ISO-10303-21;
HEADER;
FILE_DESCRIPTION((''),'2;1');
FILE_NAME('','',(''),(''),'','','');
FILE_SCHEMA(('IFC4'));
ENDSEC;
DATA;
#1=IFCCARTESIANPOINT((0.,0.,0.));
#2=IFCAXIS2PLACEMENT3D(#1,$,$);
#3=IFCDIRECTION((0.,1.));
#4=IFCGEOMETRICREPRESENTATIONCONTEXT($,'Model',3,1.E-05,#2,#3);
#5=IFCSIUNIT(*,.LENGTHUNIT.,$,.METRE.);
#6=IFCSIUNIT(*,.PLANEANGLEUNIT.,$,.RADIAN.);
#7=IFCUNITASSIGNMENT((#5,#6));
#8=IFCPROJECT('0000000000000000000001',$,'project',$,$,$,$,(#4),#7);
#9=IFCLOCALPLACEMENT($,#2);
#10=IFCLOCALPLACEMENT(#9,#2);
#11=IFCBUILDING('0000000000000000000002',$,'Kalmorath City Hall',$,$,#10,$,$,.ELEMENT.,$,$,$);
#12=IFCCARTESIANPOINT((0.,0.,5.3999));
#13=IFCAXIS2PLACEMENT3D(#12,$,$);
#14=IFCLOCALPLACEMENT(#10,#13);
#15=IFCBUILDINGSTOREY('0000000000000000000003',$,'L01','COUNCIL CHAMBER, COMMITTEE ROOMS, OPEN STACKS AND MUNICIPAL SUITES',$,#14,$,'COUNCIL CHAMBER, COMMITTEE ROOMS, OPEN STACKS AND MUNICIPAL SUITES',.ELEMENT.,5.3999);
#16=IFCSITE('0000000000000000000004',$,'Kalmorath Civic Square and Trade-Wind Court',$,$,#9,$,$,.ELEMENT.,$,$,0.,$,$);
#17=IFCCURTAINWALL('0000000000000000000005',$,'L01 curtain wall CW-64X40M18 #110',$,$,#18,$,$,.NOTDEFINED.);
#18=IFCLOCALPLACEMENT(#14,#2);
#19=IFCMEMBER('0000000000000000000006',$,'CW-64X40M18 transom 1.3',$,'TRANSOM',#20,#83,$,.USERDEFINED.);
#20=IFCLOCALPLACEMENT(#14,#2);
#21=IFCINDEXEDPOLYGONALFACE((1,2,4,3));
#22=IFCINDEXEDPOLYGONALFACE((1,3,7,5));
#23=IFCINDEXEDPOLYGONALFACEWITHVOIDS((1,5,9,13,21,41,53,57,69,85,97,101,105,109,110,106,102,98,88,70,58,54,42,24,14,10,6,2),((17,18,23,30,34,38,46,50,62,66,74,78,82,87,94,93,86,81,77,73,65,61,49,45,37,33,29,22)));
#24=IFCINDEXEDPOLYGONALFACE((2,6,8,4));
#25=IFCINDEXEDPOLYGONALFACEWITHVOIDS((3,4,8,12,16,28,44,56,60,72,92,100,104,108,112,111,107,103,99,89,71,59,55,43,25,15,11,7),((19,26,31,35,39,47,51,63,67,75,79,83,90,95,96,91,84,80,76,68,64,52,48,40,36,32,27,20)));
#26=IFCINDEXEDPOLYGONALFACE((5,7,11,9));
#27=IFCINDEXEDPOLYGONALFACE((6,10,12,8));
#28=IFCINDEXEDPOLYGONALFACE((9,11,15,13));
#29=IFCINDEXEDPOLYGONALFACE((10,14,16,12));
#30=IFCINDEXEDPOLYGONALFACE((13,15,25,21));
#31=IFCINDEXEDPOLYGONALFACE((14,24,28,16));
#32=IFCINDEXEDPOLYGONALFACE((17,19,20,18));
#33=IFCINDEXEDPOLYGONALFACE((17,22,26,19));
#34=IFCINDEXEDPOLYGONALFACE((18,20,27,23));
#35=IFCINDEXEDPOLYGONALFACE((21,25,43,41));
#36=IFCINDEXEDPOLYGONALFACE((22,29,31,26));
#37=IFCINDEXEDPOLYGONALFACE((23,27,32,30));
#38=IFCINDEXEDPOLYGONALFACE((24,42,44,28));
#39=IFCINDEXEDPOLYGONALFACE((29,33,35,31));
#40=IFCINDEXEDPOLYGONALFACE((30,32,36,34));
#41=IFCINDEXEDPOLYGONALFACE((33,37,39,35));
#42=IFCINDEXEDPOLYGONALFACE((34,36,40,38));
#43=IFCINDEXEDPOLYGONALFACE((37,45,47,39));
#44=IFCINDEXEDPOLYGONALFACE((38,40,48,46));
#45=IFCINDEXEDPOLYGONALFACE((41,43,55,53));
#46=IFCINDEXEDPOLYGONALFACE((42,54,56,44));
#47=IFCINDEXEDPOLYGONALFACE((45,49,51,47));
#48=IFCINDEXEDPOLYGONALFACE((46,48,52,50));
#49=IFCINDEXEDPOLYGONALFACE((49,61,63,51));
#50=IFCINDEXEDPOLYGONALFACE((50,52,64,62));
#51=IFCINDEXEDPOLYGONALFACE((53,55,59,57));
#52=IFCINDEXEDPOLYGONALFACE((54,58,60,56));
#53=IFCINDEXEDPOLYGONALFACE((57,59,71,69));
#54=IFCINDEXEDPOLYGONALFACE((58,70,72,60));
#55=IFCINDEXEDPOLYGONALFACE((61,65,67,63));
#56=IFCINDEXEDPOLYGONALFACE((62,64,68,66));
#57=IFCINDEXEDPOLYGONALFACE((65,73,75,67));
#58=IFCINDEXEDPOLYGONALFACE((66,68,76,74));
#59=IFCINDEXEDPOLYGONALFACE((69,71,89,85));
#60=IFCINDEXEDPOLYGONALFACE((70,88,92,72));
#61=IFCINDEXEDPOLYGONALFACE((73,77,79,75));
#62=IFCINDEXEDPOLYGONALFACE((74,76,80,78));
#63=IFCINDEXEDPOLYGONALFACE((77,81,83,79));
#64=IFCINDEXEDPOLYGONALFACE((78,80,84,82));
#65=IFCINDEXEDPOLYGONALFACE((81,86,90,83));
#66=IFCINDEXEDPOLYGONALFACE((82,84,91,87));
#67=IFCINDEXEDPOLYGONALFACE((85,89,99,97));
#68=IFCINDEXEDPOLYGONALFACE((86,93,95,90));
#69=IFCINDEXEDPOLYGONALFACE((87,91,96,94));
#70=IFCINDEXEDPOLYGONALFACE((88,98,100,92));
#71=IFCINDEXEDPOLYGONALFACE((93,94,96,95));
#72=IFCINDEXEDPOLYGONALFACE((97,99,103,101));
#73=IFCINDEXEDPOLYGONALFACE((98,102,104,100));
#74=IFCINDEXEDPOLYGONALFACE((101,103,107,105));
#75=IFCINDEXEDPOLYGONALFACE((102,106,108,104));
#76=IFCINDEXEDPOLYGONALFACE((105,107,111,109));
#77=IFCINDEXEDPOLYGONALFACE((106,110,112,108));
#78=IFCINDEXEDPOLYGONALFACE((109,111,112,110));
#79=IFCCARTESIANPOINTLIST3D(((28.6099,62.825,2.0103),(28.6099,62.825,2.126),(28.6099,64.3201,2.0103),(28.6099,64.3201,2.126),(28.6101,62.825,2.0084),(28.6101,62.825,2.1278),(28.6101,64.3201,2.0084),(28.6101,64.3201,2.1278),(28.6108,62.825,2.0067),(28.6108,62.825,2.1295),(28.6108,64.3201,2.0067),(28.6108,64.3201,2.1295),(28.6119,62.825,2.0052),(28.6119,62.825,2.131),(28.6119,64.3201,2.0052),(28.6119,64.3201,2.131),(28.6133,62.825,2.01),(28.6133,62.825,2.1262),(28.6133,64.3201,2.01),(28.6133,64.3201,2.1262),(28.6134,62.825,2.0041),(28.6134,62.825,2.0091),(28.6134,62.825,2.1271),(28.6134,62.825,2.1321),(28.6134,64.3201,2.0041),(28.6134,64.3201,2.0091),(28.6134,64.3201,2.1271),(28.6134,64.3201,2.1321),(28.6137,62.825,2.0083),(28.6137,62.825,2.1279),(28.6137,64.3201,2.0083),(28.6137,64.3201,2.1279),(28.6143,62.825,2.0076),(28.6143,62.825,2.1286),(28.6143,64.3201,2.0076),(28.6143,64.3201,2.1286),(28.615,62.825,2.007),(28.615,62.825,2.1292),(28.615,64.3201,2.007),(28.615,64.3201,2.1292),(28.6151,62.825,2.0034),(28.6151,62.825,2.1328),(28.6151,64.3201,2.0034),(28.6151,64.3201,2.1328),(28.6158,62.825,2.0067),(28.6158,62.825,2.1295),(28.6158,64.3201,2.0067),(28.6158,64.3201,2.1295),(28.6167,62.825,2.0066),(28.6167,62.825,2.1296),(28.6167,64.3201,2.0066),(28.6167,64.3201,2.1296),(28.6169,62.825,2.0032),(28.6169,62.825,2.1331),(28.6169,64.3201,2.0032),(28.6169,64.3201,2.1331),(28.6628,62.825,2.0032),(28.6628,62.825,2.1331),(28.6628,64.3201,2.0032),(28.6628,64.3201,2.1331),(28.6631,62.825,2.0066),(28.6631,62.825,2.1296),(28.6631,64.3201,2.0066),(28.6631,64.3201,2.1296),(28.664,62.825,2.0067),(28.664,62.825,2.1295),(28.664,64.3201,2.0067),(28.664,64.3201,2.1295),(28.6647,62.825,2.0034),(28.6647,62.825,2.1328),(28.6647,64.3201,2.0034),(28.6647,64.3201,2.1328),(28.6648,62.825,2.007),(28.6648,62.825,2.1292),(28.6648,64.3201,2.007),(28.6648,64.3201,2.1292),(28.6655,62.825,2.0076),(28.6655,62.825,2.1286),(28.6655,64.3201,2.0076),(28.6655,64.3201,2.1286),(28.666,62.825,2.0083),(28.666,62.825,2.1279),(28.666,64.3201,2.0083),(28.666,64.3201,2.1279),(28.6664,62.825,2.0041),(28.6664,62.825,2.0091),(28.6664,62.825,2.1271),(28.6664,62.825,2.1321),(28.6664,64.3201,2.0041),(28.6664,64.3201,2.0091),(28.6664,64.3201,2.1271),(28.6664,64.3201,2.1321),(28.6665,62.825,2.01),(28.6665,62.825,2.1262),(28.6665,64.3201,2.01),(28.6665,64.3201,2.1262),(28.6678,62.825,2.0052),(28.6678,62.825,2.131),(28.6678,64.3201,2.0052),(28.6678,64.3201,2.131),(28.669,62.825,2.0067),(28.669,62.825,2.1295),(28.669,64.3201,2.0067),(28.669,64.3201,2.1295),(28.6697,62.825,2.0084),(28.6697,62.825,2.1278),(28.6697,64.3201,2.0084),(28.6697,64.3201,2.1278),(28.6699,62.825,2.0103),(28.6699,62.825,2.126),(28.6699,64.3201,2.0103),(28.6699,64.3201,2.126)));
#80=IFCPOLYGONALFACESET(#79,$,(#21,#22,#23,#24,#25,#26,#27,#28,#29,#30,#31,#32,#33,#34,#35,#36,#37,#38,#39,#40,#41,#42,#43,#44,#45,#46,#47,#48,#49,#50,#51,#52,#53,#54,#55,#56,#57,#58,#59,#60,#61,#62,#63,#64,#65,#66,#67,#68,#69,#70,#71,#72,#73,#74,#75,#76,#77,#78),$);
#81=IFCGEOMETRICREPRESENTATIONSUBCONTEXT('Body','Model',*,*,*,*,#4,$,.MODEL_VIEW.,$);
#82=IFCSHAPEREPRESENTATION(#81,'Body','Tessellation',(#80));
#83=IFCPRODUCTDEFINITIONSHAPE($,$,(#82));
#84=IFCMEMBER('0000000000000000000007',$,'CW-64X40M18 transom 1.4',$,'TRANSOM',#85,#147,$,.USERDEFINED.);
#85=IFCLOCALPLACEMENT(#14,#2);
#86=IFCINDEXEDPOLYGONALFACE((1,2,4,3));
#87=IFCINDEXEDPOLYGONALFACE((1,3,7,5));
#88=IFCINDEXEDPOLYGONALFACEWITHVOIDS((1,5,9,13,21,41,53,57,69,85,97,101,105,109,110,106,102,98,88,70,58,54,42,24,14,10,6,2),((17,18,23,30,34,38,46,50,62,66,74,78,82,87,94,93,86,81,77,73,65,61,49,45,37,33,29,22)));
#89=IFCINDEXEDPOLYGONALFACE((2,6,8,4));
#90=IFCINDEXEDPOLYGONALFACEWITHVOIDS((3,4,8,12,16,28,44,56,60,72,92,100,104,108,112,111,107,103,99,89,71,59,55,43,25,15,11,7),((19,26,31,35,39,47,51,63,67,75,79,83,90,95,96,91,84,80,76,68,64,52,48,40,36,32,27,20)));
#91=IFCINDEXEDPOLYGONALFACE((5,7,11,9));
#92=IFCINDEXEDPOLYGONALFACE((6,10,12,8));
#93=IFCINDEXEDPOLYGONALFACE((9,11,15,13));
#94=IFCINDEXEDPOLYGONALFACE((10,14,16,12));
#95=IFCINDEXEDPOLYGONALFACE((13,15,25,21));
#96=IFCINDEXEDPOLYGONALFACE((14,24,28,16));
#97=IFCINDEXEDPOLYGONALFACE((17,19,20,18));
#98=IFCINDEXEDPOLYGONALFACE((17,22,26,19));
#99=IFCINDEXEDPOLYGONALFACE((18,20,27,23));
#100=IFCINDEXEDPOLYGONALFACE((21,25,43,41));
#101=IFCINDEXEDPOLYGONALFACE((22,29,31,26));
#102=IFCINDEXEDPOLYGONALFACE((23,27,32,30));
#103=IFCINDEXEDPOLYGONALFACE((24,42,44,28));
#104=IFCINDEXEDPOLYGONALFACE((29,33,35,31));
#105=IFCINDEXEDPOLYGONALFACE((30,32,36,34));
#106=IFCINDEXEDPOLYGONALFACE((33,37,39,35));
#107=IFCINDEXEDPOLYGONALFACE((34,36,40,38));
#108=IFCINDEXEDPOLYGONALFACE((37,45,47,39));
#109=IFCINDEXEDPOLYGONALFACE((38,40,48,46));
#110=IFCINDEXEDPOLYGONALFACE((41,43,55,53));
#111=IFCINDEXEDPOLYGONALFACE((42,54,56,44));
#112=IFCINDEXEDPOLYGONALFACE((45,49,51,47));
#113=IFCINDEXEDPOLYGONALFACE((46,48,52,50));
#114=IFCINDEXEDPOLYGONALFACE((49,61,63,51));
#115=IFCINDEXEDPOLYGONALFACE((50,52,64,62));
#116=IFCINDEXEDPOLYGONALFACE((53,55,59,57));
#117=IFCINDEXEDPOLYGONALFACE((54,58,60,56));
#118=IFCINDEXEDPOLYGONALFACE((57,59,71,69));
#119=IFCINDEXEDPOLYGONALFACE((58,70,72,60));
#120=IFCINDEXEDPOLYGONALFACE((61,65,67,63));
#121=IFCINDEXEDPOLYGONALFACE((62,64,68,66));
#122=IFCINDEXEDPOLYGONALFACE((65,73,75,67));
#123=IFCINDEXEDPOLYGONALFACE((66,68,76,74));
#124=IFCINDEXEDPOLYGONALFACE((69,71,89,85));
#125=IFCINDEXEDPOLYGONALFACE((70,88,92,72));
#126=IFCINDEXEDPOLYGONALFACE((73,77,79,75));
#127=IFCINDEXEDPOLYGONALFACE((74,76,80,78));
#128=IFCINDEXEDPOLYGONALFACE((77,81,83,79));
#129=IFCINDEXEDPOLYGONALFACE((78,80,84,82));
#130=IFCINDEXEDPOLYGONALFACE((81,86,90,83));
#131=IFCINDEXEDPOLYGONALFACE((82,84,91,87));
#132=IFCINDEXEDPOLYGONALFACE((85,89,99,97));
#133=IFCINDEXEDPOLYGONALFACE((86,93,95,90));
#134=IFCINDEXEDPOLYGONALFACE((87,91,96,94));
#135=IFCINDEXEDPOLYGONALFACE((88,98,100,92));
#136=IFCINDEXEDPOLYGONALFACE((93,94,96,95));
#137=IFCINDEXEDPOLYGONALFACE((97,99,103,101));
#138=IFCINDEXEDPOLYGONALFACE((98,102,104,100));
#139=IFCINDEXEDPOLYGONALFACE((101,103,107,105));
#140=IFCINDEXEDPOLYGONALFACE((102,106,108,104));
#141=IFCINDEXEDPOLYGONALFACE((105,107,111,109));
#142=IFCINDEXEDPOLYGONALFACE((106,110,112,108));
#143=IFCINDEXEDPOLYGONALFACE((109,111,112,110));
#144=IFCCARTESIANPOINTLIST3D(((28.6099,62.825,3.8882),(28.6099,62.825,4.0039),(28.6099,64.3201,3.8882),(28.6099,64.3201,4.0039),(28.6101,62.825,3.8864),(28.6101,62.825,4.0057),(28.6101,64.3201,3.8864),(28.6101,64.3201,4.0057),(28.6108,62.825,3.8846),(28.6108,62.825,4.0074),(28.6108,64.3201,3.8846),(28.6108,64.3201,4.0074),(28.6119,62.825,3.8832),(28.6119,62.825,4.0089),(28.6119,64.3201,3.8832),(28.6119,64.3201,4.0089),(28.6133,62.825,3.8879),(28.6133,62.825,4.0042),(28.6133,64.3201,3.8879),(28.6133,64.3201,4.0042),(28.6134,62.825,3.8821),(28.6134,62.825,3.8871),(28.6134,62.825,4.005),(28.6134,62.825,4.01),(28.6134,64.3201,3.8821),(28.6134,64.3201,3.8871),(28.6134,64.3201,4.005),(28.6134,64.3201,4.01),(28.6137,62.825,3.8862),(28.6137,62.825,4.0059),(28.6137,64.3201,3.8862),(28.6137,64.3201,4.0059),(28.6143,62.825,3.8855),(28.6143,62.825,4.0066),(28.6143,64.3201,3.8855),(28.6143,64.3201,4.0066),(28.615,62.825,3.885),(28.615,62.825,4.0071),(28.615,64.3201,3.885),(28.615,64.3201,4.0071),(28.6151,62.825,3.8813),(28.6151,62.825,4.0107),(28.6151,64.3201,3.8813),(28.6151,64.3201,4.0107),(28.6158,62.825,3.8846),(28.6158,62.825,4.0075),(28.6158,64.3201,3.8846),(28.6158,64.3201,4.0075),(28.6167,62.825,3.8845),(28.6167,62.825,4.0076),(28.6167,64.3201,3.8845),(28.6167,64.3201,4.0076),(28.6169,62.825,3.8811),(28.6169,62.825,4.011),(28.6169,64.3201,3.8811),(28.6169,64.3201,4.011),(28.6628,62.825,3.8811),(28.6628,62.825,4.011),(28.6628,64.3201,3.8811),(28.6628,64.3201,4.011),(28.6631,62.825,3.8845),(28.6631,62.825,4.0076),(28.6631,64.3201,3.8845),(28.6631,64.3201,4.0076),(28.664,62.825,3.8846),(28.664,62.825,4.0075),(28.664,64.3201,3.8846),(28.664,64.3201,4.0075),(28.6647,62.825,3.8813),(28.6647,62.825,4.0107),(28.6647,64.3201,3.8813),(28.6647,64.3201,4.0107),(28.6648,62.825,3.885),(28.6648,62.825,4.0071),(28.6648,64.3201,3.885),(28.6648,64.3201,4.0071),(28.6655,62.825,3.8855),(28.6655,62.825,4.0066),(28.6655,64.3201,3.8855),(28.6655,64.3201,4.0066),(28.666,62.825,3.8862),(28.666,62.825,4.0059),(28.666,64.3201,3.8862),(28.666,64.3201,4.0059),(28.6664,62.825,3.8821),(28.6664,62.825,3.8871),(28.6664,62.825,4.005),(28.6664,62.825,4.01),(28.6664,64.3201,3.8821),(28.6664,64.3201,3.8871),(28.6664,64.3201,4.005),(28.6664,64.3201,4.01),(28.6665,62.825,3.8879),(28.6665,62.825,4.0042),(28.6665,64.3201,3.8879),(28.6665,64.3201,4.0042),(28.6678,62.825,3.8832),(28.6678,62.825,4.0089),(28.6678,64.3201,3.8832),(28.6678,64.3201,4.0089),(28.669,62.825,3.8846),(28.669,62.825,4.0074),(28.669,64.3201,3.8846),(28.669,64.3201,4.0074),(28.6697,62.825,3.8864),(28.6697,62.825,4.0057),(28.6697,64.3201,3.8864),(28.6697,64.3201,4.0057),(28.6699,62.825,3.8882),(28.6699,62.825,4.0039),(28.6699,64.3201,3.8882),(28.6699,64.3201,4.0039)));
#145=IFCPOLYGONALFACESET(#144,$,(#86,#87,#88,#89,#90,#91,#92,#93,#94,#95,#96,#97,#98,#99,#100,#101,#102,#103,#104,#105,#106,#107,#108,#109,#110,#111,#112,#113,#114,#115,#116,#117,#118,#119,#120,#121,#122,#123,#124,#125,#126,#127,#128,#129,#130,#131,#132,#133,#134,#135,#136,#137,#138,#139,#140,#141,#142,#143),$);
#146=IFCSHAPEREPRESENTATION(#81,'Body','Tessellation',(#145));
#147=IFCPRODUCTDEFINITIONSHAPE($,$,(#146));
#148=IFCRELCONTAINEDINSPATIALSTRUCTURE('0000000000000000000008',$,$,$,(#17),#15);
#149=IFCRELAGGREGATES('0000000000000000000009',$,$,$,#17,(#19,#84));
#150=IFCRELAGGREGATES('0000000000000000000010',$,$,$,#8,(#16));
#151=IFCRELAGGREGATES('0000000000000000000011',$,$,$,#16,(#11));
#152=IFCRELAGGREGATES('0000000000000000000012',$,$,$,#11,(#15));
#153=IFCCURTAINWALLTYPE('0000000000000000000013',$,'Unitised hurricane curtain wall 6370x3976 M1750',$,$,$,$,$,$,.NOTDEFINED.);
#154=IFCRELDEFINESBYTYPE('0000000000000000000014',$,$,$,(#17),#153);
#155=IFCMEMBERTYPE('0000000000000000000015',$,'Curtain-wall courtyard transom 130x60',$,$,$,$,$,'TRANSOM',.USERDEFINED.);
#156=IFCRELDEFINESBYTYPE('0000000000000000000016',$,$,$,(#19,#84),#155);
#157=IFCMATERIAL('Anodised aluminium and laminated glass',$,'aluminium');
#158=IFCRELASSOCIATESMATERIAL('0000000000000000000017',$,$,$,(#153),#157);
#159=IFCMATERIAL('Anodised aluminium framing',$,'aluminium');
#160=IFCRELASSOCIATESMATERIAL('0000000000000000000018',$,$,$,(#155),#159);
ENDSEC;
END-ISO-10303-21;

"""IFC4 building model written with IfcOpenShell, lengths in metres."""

from ifc_helpers import new_model, si_unit, direction, frame, origin, origin_2d, place, context, subcontext, project, spatial, hollow_rectangle, extrude, material, material_profile, profile_set, type_object, element, aggregate, save


model = new_model("IFC4")

# Units and contexts
model_context = context("Model", 3, precision=1e-05, world=origin(), true_north=direction((0.0, 1.0)))
body_context = subcontext(model_context, "Body", "Model", "MODEL_VIEW")
ifc_project = project(units=[si_unit("LENGTHUNIT", "METRE"), si_unit("PLANEANGLEUNIT", "RADIAN")], contexts=[model_context])

# Site, building, storey
site_placement = place(None, origin())
site = spatial("IfcSite", under=ifc_project, at=site_placement, Name="Kalmorath Civic Square and Trade-Wind Court", CompositionType="ELEMENT", RefElevation=0.0)
building_placement = place(site_placement, origin())
building = spatial("IfcBuilding", under=site, at=building_placement, Name="Kalmorath City Hall", CompositionType="ELEMENT")
storey_placement = place(building_placement, frame((0.0, 0.0, 5.3999)))
storey = spatial("IfcBuildingStorey", under=building, at=storey_placement, Name="L01", Description="COUNCIL CHAMBER, COMMITTEE ROOMS, OPEN STACKS AND MUNICIPAL SUITES", LongName="COUNCIL CHAMBER, COMMITTEE ROOMS, OPEN STACKS AND MUNICIPAL SUITES", CompositionType="ELEMENT", Elevation=5.3999)

# Curtain wall, members
ifc_material_1 = material(Name="Anodised aluminium and laminated glass", Category="aluminium")
curtain_wall_type = type_object("IfcCurtainWallType", Name="Unitised hurricane curtain wall 6370x3976 M1750", PredefinedType="NOTDEFINED", material=ifc_material_1)
curtain_wall_placement = place(storey_placement, origin())
curtain_wall = element("IfcCurtainWall", 1, at=curtain_wall_placement, inside=storey, type_object=curtain_wall_type, Name="L01 curtain wall CW-64X40M18 #110", PredefinedType="NOTDEFINED")
ifc_material_2 = material(Name="Anodised aluminium framing", Category="aluminium")
ifc_material_profile_1 = material_profile(ifc_material_2, hollow_rectangle(XDim=0.0601, YDim=0.1299, WallThickness=0.0034, InnerFilletRadius=0.0034, OuterFilletRadius=0.0071, at=origin_2d()), Name="ALU-TRN-130X60X3.5")
ifc_profile_set_1 = profile_set([ifc_material_profile_1], Name="Anodised aluminium framing")
member_type_1 = type_object("IfcMemberType", Name="Curtain-wall courtyard transom 130x60", ElementType="TRANSOM", PredefinedType="USERDEFINED", material=ifc_profile_set_1)
member_1_placement = place(storey_placement, frame((28.6399, 64.3201, 2.0681), z_axis=(0.0, -1.0, 0.0), x_axis=(1.0, 0.0, 0.0)))
member_1 = element("IfcMember", 2, at=member_1_placement, type_object=member_type_1, Name="CW-64X40M18 transom 1.3", ObjectType="TRANSOM", PredefinedType="USERDEFINED", context=body_context, shape_type="SweptSolid", body=[
    extrude(hollow_rectangle(XDim=0.0601, YDim=0.1299, WallThickness=0.0034, InnerFilletRadius=0.0034, OuterFilletRadius=0.0071, at=origin_2d()), origin(), (0.0, 0.0, 1.0), 1.4951),
])
member_2_placement = place(storey_placement, frame((28.6399, 64.3201, 3.946), z_axis=(0.0, -1.0, 0.0), x_axis=(1.0, 0.0, 0.0)))
member_2 = element("IfcMember", 3, at=member_2_placement, type_object=member_type_1, Name="CW-64X40M18 transom 1.4", ObjectType="TRANSOM", PredefinedType="USERDEFINED", context=body_context, shape_type="SweptSolid", body=[
    extrude(hollow_rectangle(XDim=0.0601, YDim=0.1299, WallThickness=0.0034, InnerFilletRadius=0.0034, OuterFilletRadius=0.0071, at=origin_2d()), origin(), (0.0, 0.0, 1.0), 1.4951),
])

aggregate(curtain_wall, [member_1, member_2])

save(model, "model.ifc")
